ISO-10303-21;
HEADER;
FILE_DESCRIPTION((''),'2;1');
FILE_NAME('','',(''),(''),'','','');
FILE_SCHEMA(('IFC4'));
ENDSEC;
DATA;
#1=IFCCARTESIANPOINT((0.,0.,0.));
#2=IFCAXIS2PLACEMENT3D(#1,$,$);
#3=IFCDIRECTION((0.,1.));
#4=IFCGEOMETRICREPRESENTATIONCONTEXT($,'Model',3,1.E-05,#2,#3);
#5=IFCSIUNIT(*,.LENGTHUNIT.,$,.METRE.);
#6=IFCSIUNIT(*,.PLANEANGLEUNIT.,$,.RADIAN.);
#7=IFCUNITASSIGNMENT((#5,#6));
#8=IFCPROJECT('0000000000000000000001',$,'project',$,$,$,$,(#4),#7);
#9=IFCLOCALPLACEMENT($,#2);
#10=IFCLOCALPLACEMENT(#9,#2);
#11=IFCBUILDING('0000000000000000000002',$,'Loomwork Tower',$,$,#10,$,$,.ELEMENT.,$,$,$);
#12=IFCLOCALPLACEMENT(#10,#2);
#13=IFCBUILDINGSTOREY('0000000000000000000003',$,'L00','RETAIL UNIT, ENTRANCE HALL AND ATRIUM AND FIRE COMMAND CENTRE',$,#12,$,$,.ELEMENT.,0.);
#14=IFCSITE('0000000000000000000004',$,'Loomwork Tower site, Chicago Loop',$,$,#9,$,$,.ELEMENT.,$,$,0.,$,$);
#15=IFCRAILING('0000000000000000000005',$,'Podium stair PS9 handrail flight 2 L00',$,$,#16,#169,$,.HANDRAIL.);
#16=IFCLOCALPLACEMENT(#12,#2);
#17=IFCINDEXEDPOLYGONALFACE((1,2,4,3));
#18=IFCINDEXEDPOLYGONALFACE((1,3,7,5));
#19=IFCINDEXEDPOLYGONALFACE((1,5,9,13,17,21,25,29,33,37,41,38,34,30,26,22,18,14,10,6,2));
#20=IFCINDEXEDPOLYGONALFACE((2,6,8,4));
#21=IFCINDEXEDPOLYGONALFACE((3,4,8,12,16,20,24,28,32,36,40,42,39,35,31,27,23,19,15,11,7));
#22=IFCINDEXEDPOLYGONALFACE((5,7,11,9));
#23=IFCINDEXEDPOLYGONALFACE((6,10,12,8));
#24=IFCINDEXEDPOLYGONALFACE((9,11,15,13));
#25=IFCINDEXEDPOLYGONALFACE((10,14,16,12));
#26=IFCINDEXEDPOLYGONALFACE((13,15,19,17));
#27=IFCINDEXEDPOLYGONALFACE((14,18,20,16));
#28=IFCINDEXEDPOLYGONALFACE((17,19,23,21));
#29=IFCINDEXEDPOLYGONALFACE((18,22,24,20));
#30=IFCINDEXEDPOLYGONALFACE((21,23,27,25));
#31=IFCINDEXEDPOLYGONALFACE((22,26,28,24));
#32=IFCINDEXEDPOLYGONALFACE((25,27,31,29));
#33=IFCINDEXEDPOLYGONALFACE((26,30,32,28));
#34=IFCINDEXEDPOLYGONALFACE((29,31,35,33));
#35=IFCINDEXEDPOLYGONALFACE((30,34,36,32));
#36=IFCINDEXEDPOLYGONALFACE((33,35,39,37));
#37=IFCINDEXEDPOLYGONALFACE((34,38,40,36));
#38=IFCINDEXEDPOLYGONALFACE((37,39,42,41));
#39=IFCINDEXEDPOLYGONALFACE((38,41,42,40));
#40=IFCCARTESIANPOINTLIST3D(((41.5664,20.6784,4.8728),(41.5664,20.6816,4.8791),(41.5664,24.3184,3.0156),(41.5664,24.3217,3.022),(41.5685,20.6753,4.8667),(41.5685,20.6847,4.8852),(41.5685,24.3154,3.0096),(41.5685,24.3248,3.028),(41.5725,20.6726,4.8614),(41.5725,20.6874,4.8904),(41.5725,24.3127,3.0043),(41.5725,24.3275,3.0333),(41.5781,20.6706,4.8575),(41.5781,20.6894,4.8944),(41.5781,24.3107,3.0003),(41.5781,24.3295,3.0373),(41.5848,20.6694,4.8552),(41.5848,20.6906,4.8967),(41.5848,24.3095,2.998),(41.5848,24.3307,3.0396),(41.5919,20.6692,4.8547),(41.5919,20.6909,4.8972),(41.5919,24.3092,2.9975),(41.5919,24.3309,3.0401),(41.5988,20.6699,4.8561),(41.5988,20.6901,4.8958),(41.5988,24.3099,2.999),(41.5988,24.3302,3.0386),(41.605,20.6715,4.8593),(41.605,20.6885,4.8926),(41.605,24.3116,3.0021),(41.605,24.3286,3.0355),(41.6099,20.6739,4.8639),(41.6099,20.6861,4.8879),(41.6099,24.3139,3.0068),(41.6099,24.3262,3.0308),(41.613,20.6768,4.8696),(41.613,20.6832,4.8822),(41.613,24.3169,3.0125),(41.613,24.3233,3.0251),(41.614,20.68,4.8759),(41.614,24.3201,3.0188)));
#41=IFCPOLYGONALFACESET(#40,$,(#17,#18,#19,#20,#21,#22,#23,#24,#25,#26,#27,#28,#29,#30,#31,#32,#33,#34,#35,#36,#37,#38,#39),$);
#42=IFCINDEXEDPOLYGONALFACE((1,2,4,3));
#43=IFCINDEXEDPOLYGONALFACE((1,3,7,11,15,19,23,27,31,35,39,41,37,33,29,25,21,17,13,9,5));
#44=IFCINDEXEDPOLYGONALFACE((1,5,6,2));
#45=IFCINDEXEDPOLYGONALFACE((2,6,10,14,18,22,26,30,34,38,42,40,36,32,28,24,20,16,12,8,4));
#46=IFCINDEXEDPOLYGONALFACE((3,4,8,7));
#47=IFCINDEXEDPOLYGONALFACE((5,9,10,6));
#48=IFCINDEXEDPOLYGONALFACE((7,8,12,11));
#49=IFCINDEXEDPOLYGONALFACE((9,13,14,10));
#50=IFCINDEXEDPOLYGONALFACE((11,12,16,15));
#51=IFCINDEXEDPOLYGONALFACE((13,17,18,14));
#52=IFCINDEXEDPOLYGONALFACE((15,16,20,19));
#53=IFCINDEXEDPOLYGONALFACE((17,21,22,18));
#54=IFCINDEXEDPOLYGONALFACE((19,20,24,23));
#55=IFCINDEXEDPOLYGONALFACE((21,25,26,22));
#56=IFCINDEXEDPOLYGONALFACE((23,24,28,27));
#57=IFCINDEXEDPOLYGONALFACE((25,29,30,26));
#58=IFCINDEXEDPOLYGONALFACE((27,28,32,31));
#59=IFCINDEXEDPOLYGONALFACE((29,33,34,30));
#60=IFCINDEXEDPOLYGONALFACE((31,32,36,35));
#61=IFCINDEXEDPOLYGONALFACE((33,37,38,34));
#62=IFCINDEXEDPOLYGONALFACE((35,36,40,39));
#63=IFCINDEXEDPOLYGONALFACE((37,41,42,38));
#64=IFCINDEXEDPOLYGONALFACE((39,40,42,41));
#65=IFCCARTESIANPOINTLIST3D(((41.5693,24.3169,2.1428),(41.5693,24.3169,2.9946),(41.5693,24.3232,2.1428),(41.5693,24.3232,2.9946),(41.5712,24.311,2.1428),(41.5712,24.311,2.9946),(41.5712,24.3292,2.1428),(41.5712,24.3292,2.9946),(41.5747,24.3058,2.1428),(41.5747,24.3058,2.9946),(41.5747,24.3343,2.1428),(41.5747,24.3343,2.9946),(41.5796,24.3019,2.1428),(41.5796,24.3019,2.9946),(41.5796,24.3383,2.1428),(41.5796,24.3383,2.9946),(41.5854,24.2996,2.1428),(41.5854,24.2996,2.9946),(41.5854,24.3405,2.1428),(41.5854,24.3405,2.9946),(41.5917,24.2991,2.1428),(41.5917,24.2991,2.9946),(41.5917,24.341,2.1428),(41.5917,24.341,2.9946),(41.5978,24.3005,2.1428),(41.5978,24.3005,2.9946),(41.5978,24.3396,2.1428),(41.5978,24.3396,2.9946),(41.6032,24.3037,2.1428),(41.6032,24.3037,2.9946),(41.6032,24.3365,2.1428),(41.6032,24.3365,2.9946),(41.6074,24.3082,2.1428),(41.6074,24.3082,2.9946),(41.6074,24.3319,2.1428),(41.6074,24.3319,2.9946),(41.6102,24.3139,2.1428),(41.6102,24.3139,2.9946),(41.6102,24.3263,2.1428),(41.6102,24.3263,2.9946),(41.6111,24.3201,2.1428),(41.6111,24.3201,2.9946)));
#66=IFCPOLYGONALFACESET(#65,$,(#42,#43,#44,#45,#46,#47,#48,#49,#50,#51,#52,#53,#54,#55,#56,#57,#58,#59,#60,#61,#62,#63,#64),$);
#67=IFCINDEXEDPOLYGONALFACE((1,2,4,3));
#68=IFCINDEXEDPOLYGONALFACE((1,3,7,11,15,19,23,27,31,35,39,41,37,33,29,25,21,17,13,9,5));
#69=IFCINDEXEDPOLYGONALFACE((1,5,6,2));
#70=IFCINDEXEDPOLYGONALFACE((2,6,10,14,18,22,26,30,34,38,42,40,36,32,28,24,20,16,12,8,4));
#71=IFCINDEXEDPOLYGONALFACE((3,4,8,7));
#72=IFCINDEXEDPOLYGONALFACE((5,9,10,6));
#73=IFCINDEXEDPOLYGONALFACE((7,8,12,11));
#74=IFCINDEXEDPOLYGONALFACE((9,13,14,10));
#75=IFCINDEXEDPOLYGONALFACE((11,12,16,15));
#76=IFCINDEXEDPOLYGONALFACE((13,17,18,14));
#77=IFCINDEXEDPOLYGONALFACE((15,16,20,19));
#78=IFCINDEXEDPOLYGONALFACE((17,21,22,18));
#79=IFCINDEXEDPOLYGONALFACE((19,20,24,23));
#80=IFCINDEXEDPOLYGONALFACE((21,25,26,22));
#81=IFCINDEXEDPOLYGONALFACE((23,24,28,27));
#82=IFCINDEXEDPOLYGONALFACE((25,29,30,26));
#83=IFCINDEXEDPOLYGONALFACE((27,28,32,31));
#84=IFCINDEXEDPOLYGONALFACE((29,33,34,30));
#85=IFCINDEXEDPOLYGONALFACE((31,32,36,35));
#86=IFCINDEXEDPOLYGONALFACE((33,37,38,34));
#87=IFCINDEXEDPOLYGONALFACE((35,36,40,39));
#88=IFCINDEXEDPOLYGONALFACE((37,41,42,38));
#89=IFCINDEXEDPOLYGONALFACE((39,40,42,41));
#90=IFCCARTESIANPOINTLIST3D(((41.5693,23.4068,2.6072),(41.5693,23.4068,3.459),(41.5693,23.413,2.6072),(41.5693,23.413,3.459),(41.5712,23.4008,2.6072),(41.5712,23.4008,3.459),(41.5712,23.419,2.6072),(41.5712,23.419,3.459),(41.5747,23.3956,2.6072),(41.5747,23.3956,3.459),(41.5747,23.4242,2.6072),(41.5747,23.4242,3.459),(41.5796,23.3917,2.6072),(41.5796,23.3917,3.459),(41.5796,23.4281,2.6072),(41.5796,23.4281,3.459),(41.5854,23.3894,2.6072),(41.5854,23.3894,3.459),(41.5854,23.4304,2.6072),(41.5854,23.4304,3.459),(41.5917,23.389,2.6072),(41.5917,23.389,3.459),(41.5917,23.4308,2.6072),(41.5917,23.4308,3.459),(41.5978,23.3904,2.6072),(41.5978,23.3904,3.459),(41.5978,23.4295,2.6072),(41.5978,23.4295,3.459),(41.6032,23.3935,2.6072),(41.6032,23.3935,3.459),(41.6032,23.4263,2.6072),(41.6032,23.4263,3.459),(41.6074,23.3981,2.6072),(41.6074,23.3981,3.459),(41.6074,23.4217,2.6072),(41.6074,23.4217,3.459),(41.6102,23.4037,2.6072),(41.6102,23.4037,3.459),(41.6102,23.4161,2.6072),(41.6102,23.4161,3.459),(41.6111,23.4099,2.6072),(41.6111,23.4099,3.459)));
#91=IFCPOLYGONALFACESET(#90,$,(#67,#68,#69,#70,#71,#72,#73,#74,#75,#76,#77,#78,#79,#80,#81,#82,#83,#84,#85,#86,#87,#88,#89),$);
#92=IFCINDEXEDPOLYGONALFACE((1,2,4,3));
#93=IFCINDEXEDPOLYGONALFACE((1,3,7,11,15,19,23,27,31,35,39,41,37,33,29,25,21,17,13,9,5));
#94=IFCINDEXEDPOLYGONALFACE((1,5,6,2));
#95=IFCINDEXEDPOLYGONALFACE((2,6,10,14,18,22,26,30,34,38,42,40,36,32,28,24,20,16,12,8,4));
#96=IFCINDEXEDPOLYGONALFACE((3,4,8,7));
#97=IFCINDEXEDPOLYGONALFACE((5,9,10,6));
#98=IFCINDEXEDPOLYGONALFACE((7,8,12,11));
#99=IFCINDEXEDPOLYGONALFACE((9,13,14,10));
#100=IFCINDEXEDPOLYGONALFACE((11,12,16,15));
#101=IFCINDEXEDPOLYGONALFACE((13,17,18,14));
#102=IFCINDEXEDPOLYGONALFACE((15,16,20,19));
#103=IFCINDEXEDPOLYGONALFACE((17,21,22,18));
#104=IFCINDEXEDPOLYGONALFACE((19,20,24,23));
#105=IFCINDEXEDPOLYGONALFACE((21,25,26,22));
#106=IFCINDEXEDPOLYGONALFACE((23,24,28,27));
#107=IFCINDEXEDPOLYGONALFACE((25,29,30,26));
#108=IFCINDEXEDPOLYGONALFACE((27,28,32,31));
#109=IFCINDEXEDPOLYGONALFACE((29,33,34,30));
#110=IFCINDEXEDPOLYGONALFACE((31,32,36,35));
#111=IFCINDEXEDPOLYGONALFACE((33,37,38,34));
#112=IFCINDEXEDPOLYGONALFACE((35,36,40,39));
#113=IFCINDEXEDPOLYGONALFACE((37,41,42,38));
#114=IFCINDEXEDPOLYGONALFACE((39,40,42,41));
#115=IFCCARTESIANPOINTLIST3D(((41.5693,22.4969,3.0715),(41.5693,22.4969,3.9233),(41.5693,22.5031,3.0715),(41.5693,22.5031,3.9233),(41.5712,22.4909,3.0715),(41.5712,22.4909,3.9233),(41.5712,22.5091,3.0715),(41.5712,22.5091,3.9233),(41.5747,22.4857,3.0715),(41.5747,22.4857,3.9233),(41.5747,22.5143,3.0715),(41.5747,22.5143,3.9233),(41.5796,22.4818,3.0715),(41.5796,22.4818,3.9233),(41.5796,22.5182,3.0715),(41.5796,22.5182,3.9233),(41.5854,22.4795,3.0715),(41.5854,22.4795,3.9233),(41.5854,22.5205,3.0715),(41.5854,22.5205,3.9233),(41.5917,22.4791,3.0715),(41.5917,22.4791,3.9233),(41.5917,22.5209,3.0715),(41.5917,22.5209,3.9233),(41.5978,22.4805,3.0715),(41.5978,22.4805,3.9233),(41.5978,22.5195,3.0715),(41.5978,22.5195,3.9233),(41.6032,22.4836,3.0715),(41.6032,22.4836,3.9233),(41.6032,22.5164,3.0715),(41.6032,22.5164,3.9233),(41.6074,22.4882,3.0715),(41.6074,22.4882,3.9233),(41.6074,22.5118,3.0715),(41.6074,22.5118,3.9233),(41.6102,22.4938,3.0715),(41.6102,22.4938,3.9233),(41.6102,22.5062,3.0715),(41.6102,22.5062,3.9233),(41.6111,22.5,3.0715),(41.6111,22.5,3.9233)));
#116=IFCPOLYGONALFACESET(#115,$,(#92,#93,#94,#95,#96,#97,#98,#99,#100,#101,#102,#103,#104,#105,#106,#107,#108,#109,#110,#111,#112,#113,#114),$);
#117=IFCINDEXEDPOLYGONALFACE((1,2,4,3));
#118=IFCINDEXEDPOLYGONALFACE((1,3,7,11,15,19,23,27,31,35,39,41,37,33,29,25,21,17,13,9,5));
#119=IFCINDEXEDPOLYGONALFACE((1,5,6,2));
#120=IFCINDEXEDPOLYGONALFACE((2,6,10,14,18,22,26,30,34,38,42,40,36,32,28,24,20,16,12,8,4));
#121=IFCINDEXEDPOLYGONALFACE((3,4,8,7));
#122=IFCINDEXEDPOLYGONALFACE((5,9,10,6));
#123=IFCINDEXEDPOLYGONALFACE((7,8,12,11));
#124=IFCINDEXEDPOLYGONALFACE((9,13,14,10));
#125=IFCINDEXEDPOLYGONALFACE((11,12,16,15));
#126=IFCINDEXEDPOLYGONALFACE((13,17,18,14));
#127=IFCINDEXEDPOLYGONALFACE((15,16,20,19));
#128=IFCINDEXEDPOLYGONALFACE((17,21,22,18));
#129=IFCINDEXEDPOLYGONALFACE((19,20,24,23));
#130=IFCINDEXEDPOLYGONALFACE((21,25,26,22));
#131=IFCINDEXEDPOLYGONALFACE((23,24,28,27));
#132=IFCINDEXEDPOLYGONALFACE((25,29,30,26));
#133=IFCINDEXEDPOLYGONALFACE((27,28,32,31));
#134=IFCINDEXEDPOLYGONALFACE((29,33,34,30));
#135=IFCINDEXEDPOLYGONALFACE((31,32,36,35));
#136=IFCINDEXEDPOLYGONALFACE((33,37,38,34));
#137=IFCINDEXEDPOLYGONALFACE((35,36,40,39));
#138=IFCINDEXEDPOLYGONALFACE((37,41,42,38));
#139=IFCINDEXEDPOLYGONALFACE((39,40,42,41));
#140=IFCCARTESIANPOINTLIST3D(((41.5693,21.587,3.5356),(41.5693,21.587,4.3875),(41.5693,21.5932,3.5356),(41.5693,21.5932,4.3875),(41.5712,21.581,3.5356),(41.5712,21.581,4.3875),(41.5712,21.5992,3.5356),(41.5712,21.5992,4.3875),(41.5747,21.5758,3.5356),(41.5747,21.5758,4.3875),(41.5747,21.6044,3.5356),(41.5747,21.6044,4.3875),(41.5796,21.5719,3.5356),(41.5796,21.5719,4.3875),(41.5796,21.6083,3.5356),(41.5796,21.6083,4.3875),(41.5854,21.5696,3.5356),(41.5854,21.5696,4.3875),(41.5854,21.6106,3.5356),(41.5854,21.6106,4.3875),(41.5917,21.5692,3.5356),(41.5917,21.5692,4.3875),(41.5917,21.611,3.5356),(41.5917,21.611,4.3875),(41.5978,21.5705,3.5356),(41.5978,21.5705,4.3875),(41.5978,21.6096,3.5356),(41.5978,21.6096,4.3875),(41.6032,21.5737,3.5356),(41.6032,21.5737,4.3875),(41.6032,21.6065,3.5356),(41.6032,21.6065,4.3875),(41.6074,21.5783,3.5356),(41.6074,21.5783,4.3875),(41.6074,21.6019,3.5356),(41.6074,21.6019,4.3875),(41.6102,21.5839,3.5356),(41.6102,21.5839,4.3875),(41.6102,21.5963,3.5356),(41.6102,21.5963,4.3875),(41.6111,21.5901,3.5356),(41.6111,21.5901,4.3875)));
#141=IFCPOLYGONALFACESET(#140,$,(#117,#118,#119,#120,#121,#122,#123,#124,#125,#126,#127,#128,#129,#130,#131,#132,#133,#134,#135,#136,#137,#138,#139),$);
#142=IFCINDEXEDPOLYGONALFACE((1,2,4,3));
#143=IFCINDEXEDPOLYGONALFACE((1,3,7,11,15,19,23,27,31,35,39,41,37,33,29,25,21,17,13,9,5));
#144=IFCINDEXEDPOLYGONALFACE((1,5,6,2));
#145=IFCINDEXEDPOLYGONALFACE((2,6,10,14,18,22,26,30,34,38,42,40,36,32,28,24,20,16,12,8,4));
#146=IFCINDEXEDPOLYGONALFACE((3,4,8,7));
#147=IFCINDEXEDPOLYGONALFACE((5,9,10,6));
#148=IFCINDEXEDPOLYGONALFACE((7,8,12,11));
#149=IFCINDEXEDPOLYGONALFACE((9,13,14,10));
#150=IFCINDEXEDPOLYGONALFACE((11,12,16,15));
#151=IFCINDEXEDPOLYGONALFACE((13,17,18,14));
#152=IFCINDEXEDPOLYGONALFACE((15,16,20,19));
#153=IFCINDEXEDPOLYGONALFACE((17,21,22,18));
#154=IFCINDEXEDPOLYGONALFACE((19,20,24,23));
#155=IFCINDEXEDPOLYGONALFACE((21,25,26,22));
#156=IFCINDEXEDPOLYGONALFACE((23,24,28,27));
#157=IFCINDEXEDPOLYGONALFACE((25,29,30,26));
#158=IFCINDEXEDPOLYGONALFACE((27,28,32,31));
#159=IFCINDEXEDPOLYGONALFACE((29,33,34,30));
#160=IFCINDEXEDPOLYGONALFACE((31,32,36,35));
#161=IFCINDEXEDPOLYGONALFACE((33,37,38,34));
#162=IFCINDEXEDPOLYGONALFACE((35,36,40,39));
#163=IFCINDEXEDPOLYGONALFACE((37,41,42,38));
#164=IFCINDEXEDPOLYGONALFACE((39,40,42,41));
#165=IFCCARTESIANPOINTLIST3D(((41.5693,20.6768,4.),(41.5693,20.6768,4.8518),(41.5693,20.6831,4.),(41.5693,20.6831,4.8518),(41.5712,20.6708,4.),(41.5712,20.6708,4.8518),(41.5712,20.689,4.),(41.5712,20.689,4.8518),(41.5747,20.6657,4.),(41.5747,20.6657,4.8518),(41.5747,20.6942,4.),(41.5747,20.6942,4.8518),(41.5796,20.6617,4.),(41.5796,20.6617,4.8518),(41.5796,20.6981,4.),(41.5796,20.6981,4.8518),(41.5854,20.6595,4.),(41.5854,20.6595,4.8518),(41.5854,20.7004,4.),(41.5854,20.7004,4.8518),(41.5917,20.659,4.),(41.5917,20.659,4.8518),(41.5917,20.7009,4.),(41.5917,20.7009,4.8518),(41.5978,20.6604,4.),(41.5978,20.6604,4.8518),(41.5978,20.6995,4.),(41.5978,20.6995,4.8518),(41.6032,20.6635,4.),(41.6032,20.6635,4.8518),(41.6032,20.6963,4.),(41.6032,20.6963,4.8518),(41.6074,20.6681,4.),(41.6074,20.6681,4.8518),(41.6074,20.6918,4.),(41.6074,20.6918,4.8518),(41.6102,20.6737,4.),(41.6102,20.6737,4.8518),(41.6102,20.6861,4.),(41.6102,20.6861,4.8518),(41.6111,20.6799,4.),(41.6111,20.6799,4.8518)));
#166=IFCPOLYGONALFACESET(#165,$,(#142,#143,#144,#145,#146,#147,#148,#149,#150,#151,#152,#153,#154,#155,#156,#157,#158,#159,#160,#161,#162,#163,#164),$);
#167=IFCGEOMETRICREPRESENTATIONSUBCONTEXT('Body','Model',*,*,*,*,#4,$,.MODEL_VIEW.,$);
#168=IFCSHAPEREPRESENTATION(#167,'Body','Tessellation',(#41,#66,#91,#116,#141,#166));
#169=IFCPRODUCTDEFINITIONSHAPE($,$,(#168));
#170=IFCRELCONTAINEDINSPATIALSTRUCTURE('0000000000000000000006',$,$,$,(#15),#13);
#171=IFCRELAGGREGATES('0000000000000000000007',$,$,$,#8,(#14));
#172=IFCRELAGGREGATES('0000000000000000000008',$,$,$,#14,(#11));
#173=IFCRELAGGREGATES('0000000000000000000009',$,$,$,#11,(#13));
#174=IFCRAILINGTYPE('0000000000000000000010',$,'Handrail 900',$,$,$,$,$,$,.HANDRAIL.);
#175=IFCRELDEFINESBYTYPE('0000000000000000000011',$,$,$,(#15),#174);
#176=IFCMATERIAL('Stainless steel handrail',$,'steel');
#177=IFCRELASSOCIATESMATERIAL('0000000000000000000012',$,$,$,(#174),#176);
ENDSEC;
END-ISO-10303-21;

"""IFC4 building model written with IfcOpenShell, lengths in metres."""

from ifc_helpers import new_model, si_unit, direction, frame, origin, origin_2d, place, context, subcontext, project, spatial, circle, extrude, material, type_object, element, save


model = new_model("IFC4")

# Units and contexts
model_context = context("Model", 3, precision=1e-05, world=origin(), true_north=direction((0.0, 1.0)))
body_context = subcontext(model_context, "Body", "Model", "MODEL_VIEW")
ifc_project = project(units=[si_unit("LENGTHUNIT", "METRE"), si_unit("PLANEANGLEUNIT", "RADIAN")], contexts=[model_context])

# Site, building, storey
site_placement = place(None, origin())
site = spatial("IfcSite", under=ifc_project, at=site_placement, Name="Loomwork Tower site, Chicago Loop", CompositionType="ELEMENT", RefElevation=0.0)
building_placement = place(site_placement, origin())
building = spatial("IfcBuilding", under=site, at=building_placement, Name="Loomwork Tower", CompositionType="ELEMENT")
storey_placement = place(building_placement, origin())
storey = spatial("IfcBuildingStorey", under=building, at=storey_placement, Name="L00", Description="RETAIL UNIT, ENTRANCE HALL AND ATRIUM AND FIRE COMMAND CENTRE", CompositionType="ELEMENT", Elevation=0.0)

# Railing
ifc_material_1 = material(Name="Stainless steel handrail", Category="steel")
railing_type = type_object("IfcRailingType", Name="Handrail 900", PredefinedType="HANDRAIL", material=ifc_material_1)
railing_1_placement = place(storey_placement, frame((41.5901, 24.3201, 2.1428)))
element("IfcRailing", 1, at=railing_1_placement, inside=storey, type_object=railing_type, Name="Podium stair PS9 handrail flight 2 L00", PredefinedType="HANDRAIL", context=body_context, shape_type="SweptSolid", body=[
    extrude(circle(Radius=0.0239, at=origin_2d()), frame((0.0, 0.0, 0.876), z_axis=(0.0, -0.890765, 0.454464), x_axis=(1.0, 0.0, 0.0)), (0.0, 0.0, 1.0), 4.0864),
    extrude(circle(Radius=0.021, at=origin_2d()), origin(), (0.0, 0.0, 1.0), 0.8518),
    extrude(circle(Radius=0.021, at=origin_2d()), frame((0.0, -0.9102, 0.4644)), (0.0, 0.0, 1.0), 0.8518),
    extrude(circle(Radius=0.021, at=origin_2d()), frame((0.0, -1.8201, 0.9287)), (0.0, 0.0, 1.0), 0.8518),
    extrude(circle(Radius=0.021, at=origin_2d()), frame((0.0, -2.73, 1.3928)), (0.0, 0.0, 1.0), 0.8518),
    extrude(circle(Radius=0.021, at=origin_2d()), frame((0.0, -3.6401, 1.8572)), (0.0, 0.0, 1.0), 0.8518),
])

save(model, "model.ifc")
